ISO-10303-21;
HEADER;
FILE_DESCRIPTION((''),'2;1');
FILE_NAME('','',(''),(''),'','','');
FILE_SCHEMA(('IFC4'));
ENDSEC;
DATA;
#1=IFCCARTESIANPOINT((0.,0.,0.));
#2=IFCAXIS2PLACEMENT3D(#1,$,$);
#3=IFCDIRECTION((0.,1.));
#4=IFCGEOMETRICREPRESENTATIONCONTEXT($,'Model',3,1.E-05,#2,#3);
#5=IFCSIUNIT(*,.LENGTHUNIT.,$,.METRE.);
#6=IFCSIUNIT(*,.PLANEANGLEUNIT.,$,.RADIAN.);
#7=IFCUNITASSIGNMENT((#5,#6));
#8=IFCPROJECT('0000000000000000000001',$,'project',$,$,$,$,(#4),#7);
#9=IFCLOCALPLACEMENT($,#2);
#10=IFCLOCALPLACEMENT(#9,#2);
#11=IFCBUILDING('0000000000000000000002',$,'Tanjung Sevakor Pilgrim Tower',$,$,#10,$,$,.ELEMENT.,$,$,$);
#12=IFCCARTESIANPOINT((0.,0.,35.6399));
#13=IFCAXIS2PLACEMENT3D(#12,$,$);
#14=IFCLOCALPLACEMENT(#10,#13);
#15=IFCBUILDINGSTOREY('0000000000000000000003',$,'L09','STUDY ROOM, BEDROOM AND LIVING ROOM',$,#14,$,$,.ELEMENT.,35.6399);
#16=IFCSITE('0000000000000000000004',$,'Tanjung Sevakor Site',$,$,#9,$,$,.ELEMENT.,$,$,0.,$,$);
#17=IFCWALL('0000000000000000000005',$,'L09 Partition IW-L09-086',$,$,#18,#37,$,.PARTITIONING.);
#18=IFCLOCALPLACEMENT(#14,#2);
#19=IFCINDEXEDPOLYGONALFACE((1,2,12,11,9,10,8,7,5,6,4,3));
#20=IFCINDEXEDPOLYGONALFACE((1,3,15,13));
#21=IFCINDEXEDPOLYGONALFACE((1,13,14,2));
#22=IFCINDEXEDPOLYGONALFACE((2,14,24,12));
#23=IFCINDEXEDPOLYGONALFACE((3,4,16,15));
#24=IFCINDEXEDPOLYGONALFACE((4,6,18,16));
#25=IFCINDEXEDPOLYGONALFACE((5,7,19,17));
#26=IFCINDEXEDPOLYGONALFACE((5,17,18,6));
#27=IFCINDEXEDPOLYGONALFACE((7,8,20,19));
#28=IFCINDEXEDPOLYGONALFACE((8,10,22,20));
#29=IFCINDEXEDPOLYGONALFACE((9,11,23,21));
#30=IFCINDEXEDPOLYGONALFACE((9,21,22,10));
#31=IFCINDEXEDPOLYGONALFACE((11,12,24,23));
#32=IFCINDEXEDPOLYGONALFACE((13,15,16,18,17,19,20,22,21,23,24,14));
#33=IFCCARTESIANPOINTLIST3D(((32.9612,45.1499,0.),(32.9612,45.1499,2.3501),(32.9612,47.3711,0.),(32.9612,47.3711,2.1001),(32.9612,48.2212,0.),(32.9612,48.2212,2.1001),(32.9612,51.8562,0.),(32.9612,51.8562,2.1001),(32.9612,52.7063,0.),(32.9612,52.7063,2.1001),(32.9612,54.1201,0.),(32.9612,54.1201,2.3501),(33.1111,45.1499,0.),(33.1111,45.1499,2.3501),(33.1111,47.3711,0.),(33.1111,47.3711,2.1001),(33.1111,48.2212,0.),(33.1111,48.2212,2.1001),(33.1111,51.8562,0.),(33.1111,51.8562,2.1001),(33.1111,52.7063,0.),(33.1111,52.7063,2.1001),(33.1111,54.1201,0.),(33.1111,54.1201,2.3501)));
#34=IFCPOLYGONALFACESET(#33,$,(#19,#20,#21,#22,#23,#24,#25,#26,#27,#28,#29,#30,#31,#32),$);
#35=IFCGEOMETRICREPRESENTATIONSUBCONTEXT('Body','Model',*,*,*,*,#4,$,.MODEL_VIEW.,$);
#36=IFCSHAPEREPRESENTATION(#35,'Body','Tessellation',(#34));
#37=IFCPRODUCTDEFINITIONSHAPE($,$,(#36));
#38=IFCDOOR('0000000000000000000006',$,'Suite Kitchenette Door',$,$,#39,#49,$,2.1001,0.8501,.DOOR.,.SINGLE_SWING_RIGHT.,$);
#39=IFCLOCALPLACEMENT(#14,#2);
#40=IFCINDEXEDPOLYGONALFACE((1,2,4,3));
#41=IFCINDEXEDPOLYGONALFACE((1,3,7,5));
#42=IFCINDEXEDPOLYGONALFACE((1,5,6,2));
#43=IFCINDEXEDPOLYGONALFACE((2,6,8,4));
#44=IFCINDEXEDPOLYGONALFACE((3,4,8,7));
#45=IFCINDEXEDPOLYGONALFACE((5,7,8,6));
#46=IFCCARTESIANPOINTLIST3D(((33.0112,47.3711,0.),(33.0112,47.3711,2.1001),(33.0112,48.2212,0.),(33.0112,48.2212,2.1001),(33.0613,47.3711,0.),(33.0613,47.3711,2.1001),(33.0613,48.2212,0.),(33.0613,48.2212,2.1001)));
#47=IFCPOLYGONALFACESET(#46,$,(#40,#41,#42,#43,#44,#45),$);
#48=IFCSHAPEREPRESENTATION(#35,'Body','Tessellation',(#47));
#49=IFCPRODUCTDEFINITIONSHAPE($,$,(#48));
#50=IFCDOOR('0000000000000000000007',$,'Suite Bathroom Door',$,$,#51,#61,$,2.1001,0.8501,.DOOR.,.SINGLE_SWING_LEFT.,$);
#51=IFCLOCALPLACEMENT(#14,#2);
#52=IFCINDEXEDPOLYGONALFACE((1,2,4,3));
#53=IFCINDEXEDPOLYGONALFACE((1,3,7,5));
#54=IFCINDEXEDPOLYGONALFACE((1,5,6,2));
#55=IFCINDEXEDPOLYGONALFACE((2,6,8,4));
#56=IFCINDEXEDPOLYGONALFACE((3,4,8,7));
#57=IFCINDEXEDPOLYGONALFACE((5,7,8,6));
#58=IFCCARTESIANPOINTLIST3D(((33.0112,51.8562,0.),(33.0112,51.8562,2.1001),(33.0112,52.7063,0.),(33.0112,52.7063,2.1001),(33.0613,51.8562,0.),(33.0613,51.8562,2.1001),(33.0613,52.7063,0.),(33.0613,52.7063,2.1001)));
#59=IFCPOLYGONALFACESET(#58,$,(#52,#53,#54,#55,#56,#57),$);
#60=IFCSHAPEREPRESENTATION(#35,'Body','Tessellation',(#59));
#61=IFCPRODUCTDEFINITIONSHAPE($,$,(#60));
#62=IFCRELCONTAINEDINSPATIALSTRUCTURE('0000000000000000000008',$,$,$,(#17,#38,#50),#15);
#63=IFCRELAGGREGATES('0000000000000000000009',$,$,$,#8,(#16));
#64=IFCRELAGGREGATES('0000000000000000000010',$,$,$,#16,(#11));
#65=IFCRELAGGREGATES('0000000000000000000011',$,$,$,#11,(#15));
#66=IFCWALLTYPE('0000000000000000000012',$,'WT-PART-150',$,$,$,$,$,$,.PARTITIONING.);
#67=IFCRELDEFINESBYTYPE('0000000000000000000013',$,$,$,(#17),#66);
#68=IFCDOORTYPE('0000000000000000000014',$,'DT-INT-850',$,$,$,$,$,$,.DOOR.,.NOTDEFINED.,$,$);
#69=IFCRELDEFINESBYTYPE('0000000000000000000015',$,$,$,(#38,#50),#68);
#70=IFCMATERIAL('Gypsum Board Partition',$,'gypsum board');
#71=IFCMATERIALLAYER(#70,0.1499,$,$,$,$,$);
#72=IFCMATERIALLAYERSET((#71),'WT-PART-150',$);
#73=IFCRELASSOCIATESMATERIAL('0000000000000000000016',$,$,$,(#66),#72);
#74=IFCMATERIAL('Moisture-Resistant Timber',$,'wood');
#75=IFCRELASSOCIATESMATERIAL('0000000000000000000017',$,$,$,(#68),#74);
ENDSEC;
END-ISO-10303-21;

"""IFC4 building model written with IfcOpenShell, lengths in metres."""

from ifc_helpers import new_model, si_unit, direction, frame, frame_2d, origin, place, context, subcontext, project, spatial, rectangle, extrude, material, layer, layer_set, type_object, element, fill, save


model = new_model("IFC4")

# Units and contexts
model_context = context("Model", 3, precision=1e-05, world=origin(), true_north=direction((0.0, 1.0)))
body_context = subcontext(model_context, "Body", "Model", "MODEL_VIEW")
ifc_project = project(units=[si_unit("LENGTHUNIT", "METRE"), si_unit("PLANEANGLEUNIT", "RADIAN")], contexts=[model_context])

# Site, building, storey
site_placement = place(None, origin())
site = spatial("IfcSite", under=ifc_project, at=site_placement, Name="Tanjung Sevakor Site", CompositionType="ELEMENT", RefElevation=0.0)
building_placement = place(site_placement, origin())
building = spatial("IfcBuilding", under=site, at=building_placement, Name="Tanjung Sevakor Pilgrim Tower", CompositionType="ELEMENT")
storey_placement = place(building_placement, frame((0.0, 0.0, 35.6399)))
storey = spatial("IfcBuildingStorey", under=building, at=storey_placement, Name="L09", Description="STUDY ROOM, BEDROOM AND LIVING ROOM", CompositionType="ELEMENT", Elevation=35.6399)

# Wall, openings, doors
ifc_material_1 = material(Name="Gypsum Board Partition", Category="gypsum board")
ifc_layer_1 = layer(ifc_material_1, 0.1499)
ifc_layer_set_1 = layer_set([ifc_layer_1], Name="WT-PART-150")
wall_type_1 = type_object("IfcWallType", Name="WT-PART-150", PredefinedType="PARTITIONING", material=ifc_layer_set_1)
wall_1_placement = place(storey_placement, frame((33.0361, 45.1499, 0.0), z_axis=(0.0, 0.0, 1.0), x_axis=(0.0, 1.0, 0.0)))
wall_1 = element("IfcWall", 1, at=wall_1_placement, inside=storey, type_object=wall_type_1, Name="L09 Partition IW-L09-086", PredefinedType="PARTITIONING", context=body_context, shape_type="SweptSolid", body=[
    extrude(rectangle(XDim=8.9702, YDim=0.1499, at=frame_2d((4.4851, 0.0))), origin(), (0.0, 0.0, 1.0), 2.3501),
])
opening_1_placement = place(wall_1_placement, frame((2.2212, 0.0, 0.0)))
opening_1 = element("IfcOpeningElement", 2, at=opening_1_placement, cuts=wall_1, PredefinedType="OPENING", context=body_context, shape_type="SweptSolid", body=[
    extrude(rectangle(XDim=0.8501, YDim=2.1001, at=frame_2d((0.425, 1.05))), frame((0.0, 0.085, 0.0), z_axis=(0.0, -1.0, 0.0), x_axis=(1.0, 0.0, 0.0)), (0.0, 0.0, 1.0), 0.1699),
])
opening_2_placement = place(wall_1_placement, frame((6.7063, 0.0, 0.0)))
opening_2 = element("IfcOpeningElement", 3, at=opening_2_placement, cuts=wall_1, PredefinedType="OPENING", context=body_context, shape_type="SweptSolid", body=[
    extrude(rectangle(XDim=0.8501, YDim=2.1001, at=frame_2d((0.425, 1.05))), frame((0.0, 0.085, 0.0), z_axis=(0.0, -1.0, 0.0), x_axis=(1.0, 0.0, 0.0)), (0.0, 0.0, 1.0), 0.1699),
])
ifc_material_2 = material(Name="Moisture-Resistant Timber", Category="wood")
door_type_1 = type_object("IfcDoorType", Name="DT-INT-850", OperationType="NOTDEFINED", PredefinedType="DOOR", material=ifc_material_2)
door_1_placement = place(opening_1_placement, origin())
door_1 = element("IfcDoor", 4, at=door_1_placement, inside=storey, type_object=door_type_1, Name="Suite Kitchenette Door", OperationType="SINGLE_SWING_RIGHT", OverallHeight=2.1001, OverallWidth=0.8501, PredefinedType="DOOR", context=body_context, shape_type="SweptSolid", body=[
    extrude(rectangle(XDim=0.8501, YDim=2.1001, at=frame_2d((0.425, 1.05))), frame((0.0, 0.0249, 0.0), z_axis=(0.0, -1.0, 0.0), x_axis=(1.0, 0.0, 0.0)), (0.0, 0.0, 1.0), 0.05),
])
fill(opening_1, door_1)
door_2_placement = place(opening_2_placement, origin())
door_2 = element("IfcDoor", 5, at=door_2_placement, inside=storey, type_object=door_type_1, Name="Suite Bathroom Door", OperationType="SINGLE_SWING_LEFT", OverallHeight=2.1001, OverallWidth=0.8501, PredefinedType="DOOR", context=body_context, shape_type="SweptSolid", body=[
    extrude(rectangle(XDim=0.8501, YDim=2.1001, at=frame_2d((0.425, 1.05))), frame((0.0, 0.0249, 0.0), z_axis=(0.0, -1.0, 0.0), x_axis=(1.0, 0.0, 0.0)), (0.0, 0.0, 1.0), 0.05),
])
fill(opening_2, door_2)

save(model, "model.ifc")
